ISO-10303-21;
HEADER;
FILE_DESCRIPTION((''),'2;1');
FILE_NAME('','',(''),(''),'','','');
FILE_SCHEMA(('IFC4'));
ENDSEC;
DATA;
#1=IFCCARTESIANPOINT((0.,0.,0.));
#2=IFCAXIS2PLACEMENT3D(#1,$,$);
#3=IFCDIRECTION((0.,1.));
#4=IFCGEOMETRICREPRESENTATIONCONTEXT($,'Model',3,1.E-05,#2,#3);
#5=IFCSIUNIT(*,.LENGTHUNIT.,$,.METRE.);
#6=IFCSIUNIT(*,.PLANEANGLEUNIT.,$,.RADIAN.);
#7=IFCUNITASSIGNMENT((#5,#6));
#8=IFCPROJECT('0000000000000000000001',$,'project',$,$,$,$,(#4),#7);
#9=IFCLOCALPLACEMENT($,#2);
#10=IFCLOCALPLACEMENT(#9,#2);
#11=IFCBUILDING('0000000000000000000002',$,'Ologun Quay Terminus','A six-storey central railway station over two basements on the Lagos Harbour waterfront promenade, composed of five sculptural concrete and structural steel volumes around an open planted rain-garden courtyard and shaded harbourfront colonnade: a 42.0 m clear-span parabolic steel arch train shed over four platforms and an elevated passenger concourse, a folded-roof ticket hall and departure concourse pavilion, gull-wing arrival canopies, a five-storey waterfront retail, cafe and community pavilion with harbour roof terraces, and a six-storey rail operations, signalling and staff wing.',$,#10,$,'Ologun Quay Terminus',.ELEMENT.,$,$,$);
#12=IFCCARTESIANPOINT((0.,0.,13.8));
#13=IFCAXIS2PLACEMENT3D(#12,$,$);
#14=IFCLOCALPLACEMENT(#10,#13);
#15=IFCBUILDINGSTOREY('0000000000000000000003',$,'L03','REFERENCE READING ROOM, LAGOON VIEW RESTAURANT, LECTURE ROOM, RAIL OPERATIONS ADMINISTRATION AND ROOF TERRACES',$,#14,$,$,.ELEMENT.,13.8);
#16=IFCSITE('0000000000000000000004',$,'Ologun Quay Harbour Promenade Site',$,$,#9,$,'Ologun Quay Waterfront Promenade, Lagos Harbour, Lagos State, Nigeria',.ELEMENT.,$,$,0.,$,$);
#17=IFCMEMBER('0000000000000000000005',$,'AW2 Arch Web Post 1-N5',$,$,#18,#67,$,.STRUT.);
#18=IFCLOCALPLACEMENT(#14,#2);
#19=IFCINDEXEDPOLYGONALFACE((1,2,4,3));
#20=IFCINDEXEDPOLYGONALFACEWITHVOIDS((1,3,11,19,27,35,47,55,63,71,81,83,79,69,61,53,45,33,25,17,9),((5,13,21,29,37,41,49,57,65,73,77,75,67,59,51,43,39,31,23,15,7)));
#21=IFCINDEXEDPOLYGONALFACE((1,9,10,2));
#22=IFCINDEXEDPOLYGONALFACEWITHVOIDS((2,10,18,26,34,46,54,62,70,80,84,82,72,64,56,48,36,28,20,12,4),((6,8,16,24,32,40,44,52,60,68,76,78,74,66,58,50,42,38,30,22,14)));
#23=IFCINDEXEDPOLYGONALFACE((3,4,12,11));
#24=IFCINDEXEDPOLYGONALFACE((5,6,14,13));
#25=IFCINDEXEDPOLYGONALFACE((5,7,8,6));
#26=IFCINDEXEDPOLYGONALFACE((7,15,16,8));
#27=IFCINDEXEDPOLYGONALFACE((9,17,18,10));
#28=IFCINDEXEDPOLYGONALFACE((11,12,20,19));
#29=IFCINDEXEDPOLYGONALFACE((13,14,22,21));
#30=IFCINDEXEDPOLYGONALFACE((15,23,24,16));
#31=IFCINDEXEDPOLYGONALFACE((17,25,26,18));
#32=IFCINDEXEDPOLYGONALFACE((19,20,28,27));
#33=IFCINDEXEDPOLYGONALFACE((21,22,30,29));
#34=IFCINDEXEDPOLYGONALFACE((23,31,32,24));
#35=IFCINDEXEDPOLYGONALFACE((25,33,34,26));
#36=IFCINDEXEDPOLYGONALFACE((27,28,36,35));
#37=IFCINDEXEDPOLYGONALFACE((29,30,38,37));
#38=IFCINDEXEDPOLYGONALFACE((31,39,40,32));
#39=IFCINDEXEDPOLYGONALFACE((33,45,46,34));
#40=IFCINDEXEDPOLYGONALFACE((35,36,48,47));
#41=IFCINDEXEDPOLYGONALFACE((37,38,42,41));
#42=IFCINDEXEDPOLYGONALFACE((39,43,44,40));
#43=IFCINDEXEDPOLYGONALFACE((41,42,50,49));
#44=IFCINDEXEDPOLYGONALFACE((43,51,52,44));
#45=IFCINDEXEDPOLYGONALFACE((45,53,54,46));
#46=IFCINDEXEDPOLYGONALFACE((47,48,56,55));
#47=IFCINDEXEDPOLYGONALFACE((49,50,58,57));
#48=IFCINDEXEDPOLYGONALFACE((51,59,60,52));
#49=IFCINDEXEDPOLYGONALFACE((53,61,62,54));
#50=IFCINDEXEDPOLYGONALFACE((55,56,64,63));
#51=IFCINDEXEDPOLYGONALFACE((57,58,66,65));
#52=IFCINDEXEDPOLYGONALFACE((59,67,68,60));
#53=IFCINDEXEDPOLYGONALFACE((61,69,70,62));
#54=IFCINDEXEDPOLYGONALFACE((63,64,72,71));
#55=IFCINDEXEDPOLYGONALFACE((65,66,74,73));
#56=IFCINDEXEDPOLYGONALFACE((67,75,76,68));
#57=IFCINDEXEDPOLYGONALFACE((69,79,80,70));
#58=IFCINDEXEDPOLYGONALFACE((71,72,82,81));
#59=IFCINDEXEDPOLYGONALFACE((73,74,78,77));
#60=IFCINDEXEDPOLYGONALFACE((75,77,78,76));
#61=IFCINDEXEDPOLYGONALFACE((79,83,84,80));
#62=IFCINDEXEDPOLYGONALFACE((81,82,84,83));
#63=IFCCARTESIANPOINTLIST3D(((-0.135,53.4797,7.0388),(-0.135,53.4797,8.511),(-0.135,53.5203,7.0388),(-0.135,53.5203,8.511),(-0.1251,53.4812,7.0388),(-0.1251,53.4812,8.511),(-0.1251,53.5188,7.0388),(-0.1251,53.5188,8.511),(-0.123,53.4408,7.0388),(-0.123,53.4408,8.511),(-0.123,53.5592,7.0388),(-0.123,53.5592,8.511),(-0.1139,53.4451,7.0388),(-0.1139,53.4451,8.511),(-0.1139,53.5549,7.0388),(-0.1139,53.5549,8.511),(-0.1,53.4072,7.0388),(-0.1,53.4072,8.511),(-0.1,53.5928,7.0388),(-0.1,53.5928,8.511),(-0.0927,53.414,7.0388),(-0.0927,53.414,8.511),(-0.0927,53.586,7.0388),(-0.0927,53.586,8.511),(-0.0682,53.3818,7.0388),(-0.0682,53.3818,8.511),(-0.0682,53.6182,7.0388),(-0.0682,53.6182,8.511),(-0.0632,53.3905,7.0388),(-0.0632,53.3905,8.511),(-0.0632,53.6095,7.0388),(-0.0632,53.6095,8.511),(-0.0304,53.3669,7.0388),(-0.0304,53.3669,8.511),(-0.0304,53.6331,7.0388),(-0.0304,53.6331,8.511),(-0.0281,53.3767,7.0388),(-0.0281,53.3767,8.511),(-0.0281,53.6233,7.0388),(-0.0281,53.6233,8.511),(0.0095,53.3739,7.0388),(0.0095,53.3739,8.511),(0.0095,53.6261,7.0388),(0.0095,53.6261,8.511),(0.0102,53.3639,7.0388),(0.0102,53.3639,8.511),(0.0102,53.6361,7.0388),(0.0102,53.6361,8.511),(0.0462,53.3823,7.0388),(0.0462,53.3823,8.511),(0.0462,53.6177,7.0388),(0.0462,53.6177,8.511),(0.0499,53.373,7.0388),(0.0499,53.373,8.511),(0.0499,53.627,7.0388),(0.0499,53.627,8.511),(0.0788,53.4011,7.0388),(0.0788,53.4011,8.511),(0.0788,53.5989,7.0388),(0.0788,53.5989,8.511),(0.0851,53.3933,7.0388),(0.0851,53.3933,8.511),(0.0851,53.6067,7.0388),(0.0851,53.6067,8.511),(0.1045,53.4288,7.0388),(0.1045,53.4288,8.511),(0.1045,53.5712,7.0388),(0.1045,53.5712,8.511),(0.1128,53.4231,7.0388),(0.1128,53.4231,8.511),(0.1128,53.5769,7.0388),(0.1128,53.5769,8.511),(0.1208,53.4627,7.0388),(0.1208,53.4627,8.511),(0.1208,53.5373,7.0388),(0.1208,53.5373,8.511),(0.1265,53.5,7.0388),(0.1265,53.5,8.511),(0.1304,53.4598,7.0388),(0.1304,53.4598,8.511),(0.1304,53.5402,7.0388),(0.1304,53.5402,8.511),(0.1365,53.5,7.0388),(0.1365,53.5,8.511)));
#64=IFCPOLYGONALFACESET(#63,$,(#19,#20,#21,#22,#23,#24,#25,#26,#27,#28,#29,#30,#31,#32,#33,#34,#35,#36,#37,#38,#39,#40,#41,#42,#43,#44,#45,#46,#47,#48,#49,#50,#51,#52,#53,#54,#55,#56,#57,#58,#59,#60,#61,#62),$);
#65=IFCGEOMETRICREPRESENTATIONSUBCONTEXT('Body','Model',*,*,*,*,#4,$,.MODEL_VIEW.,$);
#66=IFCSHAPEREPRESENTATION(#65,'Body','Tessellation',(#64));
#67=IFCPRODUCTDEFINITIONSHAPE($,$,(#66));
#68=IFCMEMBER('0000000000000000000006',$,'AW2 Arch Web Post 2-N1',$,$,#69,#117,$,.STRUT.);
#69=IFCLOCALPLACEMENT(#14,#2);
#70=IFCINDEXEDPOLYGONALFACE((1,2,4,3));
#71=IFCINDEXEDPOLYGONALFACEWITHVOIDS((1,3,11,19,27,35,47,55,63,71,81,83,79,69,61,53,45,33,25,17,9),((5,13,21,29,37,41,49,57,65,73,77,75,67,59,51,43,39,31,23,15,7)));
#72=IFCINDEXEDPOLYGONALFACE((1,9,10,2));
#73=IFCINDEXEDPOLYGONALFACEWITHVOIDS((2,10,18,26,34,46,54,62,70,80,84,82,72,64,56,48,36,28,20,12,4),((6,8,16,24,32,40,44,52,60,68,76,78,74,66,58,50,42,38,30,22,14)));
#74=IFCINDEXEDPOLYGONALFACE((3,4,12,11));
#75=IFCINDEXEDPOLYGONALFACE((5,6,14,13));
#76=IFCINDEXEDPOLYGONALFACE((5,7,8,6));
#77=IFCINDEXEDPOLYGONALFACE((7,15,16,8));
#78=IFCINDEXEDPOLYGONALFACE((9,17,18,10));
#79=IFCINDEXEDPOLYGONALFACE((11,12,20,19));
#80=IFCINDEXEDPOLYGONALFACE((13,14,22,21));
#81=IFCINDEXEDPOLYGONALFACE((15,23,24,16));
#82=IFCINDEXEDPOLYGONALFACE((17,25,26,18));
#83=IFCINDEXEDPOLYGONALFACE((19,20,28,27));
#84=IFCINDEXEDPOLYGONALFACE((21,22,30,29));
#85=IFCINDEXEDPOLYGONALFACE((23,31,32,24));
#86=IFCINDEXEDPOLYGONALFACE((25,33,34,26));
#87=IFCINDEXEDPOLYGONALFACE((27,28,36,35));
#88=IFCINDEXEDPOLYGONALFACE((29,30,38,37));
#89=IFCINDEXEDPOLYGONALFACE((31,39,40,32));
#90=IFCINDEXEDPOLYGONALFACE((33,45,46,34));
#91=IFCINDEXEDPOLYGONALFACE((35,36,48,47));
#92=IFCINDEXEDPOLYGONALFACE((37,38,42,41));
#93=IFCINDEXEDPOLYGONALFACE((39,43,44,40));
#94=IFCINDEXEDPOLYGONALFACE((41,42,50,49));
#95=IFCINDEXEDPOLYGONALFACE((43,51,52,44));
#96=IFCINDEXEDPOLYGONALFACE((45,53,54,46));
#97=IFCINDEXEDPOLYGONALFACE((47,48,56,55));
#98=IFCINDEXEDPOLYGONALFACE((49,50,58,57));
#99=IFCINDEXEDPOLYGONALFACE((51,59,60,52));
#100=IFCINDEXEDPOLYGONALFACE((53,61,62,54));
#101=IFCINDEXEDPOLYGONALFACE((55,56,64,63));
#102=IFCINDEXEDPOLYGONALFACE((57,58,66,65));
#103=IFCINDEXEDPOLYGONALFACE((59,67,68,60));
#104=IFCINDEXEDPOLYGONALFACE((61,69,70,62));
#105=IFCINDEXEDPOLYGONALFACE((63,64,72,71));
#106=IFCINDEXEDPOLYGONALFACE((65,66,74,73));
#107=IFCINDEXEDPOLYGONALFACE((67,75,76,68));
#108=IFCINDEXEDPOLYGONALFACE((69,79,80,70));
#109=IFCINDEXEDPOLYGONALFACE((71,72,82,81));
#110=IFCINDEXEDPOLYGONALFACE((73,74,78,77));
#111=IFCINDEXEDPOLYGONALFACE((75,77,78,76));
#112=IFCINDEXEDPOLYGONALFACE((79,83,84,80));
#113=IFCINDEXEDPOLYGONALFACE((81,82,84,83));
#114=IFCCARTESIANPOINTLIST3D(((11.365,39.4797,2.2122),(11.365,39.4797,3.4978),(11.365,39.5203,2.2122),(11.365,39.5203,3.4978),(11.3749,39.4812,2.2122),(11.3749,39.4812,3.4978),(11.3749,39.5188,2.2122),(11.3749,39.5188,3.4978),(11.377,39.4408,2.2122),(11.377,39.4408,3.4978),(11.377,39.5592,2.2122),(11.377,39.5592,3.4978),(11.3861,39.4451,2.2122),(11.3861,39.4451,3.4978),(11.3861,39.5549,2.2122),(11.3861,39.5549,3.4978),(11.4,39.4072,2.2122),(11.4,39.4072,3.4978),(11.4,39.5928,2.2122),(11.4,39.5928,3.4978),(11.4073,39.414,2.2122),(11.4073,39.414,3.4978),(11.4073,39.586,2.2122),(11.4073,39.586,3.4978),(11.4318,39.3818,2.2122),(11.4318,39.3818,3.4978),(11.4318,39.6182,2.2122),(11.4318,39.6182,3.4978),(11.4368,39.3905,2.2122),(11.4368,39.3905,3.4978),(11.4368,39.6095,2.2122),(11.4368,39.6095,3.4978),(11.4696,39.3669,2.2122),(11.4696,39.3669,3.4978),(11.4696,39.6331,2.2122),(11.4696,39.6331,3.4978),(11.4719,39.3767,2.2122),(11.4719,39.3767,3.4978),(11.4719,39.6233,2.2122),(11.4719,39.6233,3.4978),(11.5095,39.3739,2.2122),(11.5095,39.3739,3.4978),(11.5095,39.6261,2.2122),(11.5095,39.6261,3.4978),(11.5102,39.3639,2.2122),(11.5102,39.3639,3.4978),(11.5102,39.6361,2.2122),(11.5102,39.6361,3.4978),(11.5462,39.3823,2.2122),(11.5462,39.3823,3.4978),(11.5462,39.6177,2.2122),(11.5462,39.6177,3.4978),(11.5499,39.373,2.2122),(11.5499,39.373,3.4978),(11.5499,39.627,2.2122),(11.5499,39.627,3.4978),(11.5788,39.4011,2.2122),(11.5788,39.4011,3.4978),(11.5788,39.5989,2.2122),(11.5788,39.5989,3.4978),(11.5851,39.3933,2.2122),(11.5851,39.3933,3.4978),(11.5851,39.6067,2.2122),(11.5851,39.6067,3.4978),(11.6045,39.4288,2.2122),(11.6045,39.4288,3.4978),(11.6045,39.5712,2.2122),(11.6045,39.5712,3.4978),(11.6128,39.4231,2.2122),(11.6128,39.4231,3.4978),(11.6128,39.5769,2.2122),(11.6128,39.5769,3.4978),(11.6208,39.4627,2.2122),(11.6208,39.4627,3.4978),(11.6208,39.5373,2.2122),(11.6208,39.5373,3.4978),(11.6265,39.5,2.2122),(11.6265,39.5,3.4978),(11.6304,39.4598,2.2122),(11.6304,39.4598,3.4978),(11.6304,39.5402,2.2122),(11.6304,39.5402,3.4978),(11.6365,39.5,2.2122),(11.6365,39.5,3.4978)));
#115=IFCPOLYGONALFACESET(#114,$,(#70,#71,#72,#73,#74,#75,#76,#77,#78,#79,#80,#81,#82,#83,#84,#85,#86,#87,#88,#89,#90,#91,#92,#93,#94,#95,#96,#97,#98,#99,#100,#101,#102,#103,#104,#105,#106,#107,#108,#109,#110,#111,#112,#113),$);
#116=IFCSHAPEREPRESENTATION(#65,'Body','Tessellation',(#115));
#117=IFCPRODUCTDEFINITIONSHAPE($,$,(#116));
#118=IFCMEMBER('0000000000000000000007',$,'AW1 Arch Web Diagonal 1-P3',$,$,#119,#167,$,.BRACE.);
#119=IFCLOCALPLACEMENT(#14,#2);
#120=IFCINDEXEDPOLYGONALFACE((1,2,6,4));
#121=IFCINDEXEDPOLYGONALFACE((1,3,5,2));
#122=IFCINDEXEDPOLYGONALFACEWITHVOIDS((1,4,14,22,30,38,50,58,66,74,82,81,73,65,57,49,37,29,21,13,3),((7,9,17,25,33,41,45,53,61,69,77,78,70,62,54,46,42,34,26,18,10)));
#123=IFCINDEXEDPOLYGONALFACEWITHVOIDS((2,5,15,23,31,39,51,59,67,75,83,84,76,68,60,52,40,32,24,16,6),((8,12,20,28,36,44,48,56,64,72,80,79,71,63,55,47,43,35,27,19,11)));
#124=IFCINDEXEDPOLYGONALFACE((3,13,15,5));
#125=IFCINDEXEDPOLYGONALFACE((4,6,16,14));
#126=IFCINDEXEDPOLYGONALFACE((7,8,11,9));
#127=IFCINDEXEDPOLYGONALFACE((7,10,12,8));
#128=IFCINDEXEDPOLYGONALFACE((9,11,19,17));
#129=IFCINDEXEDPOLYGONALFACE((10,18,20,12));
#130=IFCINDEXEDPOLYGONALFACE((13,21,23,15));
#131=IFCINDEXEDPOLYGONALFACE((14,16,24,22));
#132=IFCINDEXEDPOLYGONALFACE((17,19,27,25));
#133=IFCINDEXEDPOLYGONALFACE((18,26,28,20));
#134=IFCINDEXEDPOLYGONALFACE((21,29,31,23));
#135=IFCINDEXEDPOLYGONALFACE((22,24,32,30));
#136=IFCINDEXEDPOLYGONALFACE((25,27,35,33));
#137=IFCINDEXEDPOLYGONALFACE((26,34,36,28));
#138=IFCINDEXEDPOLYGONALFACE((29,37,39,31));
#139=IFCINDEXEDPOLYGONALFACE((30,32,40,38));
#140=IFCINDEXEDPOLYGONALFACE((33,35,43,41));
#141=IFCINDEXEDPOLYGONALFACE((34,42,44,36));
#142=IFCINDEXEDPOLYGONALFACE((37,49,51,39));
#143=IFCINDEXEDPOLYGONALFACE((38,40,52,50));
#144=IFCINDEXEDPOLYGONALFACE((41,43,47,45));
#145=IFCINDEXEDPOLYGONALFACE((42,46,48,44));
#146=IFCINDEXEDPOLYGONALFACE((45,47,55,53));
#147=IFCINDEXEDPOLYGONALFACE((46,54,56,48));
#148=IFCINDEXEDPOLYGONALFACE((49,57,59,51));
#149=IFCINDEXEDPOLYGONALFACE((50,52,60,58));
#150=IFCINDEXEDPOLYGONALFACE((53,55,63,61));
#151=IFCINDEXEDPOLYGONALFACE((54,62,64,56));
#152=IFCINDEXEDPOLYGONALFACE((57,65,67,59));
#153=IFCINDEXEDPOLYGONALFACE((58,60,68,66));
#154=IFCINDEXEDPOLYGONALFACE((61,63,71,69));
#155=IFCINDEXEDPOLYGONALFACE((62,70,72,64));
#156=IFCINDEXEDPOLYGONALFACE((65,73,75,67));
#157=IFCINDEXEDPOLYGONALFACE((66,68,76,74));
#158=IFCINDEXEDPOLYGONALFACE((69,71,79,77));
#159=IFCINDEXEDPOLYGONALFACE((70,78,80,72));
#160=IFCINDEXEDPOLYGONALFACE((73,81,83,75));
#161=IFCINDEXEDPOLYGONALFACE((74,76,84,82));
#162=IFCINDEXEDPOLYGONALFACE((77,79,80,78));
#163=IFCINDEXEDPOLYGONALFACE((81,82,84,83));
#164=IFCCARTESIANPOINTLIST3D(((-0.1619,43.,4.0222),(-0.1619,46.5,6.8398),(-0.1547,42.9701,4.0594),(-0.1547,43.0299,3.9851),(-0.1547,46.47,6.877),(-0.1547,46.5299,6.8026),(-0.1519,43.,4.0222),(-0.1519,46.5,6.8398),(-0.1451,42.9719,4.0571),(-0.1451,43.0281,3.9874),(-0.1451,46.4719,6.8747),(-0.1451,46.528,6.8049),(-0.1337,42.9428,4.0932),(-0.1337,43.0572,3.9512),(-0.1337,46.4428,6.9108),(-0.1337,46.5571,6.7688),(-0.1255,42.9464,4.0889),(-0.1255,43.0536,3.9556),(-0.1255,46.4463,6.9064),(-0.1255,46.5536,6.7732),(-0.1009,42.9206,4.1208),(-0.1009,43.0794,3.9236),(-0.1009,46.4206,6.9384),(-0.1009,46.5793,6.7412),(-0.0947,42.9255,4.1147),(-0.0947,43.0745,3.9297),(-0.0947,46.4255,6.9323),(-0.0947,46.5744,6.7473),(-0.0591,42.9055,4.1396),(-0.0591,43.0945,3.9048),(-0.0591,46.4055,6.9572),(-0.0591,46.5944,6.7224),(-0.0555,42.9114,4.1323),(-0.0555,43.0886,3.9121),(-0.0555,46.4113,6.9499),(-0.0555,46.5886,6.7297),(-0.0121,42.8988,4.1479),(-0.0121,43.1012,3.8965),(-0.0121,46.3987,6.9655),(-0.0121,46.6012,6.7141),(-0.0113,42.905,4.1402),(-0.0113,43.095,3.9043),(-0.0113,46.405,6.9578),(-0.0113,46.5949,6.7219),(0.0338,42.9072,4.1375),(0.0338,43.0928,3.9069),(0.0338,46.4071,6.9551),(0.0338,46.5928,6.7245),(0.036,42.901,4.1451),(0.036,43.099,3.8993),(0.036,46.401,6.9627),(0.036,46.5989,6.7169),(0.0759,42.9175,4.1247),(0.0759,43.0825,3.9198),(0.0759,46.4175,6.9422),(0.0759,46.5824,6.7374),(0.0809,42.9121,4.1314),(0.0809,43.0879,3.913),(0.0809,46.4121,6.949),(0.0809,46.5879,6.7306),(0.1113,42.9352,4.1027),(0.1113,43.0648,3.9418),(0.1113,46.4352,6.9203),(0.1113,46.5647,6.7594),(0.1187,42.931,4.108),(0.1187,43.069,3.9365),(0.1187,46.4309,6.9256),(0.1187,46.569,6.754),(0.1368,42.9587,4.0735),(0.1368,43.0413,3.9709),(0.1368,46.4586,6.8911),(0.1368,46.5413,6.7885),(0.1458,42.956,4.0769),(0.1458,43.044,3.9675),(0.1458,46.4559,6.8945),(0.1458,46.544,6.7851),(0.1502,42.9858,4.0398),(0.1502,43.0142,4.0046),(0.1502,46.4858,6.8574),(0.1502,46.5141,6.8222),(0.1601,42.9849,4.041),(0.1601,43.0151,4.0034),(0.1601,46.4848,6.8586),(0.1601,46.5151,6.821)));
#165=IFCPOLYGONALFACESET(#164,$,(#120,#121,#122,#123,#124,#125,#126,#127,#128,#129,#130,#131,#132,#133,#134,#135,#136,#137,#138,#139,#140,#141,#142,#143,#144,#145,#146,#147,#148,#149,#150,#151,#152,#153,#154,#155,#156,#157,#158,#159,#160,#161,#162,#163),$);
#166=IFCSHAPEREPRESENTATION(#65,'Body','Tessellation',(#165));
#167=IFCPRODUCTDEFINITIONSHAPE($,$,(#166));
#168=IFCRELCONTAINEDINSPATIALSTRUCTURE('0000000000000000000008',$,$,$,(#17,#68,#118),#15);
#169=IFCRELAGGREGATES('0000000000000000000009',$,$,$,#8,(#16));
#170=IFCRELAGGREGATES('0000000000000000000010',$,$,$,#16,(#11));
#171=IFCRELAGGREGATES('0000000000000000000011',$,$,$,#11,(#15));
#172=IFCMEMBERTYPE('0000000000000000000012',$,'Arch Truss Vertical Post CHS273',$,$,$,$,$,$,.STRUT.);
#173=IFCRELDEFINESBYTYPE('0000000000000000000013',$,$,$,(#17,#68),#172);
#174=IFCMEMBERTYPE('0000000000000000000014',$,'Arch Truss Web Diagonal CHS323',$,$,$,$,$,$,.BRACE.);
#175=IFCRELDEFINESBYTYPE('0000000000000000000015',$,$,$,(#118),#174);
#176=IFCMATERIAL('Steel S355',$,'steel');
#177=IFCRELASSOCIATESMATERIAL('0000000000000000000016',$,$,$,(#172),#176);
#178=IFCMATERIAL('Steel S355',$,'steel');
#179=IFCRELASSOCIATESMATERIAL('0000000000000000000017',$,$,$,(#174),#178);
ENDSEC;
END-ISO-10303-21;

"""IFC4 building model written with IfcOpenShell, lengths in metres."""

from ifc_helpers import new_model, si_unit, direction, frame, origin, origin_2d, place, context, subcontext, project, spatial, hollow_circle, extrude, material, material_profile, profile_set, type_object, element, save


model = new_model("IFC4")

# Units and contexts
model_context = context("Model", 3, precision=1e-05, world=origin(), true_north=direction((0.0, 1.0)))
body_context = subcontext(model_context, "Body", "Model", "MODEL_VIEW")
ifc_project = project(units=[si_unit("LENGTHUNIT", "METRE"), si_unit("PLANEANGLEUNIT", "RADIAN")], contexts=[model_context])

# Site, building, storey
site_placement = place(None, origin())
site = spatial("IfcSite", under=ifc_project, at=site_placement, Name="Ologun Quay Harbour Promenade Site", LongName="Ologun Quay Waterfront Promenade, Lagos Harbour, Lagos State, Nigeria", CompositionType="ELEMENT", RefElevation=0.0)
building_placement = place(site_placement, origin())
building = spatial("IfcBuilding", under=site, at=building_placement, Name="Ologun Quay Terminus", Description="A six-storey central railway station over two basements on the Lagos Harbour waterfront promenade, composed of five sculptural concrete and structural steel volumes around an open planted rain-garden courtyard and shaded harbourfront colonnade: a 42.0 m clear-span parabolic steel arch train shed over four platforms and an elevated passenger concourse, a folded-roof ticket hall and departure concourse pavilion, gull-wing arrival canopies, a five-storey waterfront retail, cafe and community pavilion with harbour roof terraces, and a six-storey rail operations, signalling and staff wing.", LongName="Ologun Quay Terminus", CompositionType="ELEMENT")
storey_placement = place(building_placement, frame((0.0, 0.0, 13.8)))
storey = spatial("IfcBuildingStorey", under=building, at=storey_placement, Name="L03", Description="REFERENCE READING ROOM, LAGOON VIEW RESTAURANT, LECTURE ROOM, RAIL OPERATIONS ADMINISTRATION AND ROOF TERRACES", CompositionType="ELEMENT", Elevation=13.8)

# Members
ifc_material_1 = material(Name="Steel S355", Category="steel")
ifc_material_profile_1 = material_profile(ifc_material_1, hollow_circle(Radius=0.1365, WallThickness=0.01, at=origin_2d()), Name="CHS 273x10")
ifc_profile_set_1 = profile_set([ifc_material_profile_1], Name="Steel S355")
member_type_1 = type_object("IfcMemberType", Name="Arch Truss Vertical Post CHS273", PredefinedType="STRUT", material=ifc_profile_set_1)
member_1_placement = place(storey_placement, frame((0.0, 53.5, 7.0388), z_axis=(0.0, 0.0, 1.0), x_axis=(1.0, 0.0, 0.0)))
element("IfcMember", 1, at=member_1_placement, inside=storey, type_object=member_type_1, Name="AW2 Arch Web Post 1-N5", PredefinedType="STRUT", context=body_context, shape_type="SweptSolid", body=[
    extrude(hollow_circle(Radius=0.1365, WallThickness=0.01, at=origin_2d()), origin(), (0.0, 0.0, 1.0), 1.4722),
])
member_2_placement = place(storey_placement, frame((11.5, 39.5, 2.2122), z_axis=(0.0, 0.0, 1.0), x_axis=(1.0, 0.0, 0.0)))
element("IfcMember", 2, at=member_2_placement, inside=storey, type_object=member_type_1, Name="AW2 Arch Web Post 2-N1", PredefinedType="STRUT", context=body_context, shape_type="SweptSolid", body=[
    extrude(hollow_circle(Radius=0.1365, WallThickness=0.01, at=origin_2d()), origin(), (0.0, 0.0, 1.0), 1.2856),
])
ifc_material_2 = material(Name="Steel S355", Category="steel")
ifc_material_profile_2 = material_profile(ifc_material_2, hollow_circle(Radius=0.1619, WallThickness=0.01, at=origin_2d()), Name="CHS 323.9x10")
ifc_profile_set_2 = profile_set([ifc_material_profile_2], Name="Steel S355")
member_type_2 = type_object("IfcMemberType", Name="Arch Truss Web Diagonal CHS323", PredefinedType="BRACE", material=ifc_profile_set_2)
member_3_placement = place(storey_placement, frame((0.0, 43.0, 4.0222), z_axis=(0.0, 0.778951, 0.627084), x_axis=(-1.0, 0.0, 0.0)))
element("IfcMember", 3, at=member_3_placement, inside=storey, type_object=member_type_2, Name="AW1 Arch Web Diagonal 1-P3", PredefinedType="BRACE", context=body_context, shape_type="SweptSolid", body=[
    extrude(hollow_circle(Radius=0.1619, WallThickness=0.01, at=origin_2d()), origin(), (0.0, 0.0, 1.0), 4.4932),
])

save(model, "model.ifc")
